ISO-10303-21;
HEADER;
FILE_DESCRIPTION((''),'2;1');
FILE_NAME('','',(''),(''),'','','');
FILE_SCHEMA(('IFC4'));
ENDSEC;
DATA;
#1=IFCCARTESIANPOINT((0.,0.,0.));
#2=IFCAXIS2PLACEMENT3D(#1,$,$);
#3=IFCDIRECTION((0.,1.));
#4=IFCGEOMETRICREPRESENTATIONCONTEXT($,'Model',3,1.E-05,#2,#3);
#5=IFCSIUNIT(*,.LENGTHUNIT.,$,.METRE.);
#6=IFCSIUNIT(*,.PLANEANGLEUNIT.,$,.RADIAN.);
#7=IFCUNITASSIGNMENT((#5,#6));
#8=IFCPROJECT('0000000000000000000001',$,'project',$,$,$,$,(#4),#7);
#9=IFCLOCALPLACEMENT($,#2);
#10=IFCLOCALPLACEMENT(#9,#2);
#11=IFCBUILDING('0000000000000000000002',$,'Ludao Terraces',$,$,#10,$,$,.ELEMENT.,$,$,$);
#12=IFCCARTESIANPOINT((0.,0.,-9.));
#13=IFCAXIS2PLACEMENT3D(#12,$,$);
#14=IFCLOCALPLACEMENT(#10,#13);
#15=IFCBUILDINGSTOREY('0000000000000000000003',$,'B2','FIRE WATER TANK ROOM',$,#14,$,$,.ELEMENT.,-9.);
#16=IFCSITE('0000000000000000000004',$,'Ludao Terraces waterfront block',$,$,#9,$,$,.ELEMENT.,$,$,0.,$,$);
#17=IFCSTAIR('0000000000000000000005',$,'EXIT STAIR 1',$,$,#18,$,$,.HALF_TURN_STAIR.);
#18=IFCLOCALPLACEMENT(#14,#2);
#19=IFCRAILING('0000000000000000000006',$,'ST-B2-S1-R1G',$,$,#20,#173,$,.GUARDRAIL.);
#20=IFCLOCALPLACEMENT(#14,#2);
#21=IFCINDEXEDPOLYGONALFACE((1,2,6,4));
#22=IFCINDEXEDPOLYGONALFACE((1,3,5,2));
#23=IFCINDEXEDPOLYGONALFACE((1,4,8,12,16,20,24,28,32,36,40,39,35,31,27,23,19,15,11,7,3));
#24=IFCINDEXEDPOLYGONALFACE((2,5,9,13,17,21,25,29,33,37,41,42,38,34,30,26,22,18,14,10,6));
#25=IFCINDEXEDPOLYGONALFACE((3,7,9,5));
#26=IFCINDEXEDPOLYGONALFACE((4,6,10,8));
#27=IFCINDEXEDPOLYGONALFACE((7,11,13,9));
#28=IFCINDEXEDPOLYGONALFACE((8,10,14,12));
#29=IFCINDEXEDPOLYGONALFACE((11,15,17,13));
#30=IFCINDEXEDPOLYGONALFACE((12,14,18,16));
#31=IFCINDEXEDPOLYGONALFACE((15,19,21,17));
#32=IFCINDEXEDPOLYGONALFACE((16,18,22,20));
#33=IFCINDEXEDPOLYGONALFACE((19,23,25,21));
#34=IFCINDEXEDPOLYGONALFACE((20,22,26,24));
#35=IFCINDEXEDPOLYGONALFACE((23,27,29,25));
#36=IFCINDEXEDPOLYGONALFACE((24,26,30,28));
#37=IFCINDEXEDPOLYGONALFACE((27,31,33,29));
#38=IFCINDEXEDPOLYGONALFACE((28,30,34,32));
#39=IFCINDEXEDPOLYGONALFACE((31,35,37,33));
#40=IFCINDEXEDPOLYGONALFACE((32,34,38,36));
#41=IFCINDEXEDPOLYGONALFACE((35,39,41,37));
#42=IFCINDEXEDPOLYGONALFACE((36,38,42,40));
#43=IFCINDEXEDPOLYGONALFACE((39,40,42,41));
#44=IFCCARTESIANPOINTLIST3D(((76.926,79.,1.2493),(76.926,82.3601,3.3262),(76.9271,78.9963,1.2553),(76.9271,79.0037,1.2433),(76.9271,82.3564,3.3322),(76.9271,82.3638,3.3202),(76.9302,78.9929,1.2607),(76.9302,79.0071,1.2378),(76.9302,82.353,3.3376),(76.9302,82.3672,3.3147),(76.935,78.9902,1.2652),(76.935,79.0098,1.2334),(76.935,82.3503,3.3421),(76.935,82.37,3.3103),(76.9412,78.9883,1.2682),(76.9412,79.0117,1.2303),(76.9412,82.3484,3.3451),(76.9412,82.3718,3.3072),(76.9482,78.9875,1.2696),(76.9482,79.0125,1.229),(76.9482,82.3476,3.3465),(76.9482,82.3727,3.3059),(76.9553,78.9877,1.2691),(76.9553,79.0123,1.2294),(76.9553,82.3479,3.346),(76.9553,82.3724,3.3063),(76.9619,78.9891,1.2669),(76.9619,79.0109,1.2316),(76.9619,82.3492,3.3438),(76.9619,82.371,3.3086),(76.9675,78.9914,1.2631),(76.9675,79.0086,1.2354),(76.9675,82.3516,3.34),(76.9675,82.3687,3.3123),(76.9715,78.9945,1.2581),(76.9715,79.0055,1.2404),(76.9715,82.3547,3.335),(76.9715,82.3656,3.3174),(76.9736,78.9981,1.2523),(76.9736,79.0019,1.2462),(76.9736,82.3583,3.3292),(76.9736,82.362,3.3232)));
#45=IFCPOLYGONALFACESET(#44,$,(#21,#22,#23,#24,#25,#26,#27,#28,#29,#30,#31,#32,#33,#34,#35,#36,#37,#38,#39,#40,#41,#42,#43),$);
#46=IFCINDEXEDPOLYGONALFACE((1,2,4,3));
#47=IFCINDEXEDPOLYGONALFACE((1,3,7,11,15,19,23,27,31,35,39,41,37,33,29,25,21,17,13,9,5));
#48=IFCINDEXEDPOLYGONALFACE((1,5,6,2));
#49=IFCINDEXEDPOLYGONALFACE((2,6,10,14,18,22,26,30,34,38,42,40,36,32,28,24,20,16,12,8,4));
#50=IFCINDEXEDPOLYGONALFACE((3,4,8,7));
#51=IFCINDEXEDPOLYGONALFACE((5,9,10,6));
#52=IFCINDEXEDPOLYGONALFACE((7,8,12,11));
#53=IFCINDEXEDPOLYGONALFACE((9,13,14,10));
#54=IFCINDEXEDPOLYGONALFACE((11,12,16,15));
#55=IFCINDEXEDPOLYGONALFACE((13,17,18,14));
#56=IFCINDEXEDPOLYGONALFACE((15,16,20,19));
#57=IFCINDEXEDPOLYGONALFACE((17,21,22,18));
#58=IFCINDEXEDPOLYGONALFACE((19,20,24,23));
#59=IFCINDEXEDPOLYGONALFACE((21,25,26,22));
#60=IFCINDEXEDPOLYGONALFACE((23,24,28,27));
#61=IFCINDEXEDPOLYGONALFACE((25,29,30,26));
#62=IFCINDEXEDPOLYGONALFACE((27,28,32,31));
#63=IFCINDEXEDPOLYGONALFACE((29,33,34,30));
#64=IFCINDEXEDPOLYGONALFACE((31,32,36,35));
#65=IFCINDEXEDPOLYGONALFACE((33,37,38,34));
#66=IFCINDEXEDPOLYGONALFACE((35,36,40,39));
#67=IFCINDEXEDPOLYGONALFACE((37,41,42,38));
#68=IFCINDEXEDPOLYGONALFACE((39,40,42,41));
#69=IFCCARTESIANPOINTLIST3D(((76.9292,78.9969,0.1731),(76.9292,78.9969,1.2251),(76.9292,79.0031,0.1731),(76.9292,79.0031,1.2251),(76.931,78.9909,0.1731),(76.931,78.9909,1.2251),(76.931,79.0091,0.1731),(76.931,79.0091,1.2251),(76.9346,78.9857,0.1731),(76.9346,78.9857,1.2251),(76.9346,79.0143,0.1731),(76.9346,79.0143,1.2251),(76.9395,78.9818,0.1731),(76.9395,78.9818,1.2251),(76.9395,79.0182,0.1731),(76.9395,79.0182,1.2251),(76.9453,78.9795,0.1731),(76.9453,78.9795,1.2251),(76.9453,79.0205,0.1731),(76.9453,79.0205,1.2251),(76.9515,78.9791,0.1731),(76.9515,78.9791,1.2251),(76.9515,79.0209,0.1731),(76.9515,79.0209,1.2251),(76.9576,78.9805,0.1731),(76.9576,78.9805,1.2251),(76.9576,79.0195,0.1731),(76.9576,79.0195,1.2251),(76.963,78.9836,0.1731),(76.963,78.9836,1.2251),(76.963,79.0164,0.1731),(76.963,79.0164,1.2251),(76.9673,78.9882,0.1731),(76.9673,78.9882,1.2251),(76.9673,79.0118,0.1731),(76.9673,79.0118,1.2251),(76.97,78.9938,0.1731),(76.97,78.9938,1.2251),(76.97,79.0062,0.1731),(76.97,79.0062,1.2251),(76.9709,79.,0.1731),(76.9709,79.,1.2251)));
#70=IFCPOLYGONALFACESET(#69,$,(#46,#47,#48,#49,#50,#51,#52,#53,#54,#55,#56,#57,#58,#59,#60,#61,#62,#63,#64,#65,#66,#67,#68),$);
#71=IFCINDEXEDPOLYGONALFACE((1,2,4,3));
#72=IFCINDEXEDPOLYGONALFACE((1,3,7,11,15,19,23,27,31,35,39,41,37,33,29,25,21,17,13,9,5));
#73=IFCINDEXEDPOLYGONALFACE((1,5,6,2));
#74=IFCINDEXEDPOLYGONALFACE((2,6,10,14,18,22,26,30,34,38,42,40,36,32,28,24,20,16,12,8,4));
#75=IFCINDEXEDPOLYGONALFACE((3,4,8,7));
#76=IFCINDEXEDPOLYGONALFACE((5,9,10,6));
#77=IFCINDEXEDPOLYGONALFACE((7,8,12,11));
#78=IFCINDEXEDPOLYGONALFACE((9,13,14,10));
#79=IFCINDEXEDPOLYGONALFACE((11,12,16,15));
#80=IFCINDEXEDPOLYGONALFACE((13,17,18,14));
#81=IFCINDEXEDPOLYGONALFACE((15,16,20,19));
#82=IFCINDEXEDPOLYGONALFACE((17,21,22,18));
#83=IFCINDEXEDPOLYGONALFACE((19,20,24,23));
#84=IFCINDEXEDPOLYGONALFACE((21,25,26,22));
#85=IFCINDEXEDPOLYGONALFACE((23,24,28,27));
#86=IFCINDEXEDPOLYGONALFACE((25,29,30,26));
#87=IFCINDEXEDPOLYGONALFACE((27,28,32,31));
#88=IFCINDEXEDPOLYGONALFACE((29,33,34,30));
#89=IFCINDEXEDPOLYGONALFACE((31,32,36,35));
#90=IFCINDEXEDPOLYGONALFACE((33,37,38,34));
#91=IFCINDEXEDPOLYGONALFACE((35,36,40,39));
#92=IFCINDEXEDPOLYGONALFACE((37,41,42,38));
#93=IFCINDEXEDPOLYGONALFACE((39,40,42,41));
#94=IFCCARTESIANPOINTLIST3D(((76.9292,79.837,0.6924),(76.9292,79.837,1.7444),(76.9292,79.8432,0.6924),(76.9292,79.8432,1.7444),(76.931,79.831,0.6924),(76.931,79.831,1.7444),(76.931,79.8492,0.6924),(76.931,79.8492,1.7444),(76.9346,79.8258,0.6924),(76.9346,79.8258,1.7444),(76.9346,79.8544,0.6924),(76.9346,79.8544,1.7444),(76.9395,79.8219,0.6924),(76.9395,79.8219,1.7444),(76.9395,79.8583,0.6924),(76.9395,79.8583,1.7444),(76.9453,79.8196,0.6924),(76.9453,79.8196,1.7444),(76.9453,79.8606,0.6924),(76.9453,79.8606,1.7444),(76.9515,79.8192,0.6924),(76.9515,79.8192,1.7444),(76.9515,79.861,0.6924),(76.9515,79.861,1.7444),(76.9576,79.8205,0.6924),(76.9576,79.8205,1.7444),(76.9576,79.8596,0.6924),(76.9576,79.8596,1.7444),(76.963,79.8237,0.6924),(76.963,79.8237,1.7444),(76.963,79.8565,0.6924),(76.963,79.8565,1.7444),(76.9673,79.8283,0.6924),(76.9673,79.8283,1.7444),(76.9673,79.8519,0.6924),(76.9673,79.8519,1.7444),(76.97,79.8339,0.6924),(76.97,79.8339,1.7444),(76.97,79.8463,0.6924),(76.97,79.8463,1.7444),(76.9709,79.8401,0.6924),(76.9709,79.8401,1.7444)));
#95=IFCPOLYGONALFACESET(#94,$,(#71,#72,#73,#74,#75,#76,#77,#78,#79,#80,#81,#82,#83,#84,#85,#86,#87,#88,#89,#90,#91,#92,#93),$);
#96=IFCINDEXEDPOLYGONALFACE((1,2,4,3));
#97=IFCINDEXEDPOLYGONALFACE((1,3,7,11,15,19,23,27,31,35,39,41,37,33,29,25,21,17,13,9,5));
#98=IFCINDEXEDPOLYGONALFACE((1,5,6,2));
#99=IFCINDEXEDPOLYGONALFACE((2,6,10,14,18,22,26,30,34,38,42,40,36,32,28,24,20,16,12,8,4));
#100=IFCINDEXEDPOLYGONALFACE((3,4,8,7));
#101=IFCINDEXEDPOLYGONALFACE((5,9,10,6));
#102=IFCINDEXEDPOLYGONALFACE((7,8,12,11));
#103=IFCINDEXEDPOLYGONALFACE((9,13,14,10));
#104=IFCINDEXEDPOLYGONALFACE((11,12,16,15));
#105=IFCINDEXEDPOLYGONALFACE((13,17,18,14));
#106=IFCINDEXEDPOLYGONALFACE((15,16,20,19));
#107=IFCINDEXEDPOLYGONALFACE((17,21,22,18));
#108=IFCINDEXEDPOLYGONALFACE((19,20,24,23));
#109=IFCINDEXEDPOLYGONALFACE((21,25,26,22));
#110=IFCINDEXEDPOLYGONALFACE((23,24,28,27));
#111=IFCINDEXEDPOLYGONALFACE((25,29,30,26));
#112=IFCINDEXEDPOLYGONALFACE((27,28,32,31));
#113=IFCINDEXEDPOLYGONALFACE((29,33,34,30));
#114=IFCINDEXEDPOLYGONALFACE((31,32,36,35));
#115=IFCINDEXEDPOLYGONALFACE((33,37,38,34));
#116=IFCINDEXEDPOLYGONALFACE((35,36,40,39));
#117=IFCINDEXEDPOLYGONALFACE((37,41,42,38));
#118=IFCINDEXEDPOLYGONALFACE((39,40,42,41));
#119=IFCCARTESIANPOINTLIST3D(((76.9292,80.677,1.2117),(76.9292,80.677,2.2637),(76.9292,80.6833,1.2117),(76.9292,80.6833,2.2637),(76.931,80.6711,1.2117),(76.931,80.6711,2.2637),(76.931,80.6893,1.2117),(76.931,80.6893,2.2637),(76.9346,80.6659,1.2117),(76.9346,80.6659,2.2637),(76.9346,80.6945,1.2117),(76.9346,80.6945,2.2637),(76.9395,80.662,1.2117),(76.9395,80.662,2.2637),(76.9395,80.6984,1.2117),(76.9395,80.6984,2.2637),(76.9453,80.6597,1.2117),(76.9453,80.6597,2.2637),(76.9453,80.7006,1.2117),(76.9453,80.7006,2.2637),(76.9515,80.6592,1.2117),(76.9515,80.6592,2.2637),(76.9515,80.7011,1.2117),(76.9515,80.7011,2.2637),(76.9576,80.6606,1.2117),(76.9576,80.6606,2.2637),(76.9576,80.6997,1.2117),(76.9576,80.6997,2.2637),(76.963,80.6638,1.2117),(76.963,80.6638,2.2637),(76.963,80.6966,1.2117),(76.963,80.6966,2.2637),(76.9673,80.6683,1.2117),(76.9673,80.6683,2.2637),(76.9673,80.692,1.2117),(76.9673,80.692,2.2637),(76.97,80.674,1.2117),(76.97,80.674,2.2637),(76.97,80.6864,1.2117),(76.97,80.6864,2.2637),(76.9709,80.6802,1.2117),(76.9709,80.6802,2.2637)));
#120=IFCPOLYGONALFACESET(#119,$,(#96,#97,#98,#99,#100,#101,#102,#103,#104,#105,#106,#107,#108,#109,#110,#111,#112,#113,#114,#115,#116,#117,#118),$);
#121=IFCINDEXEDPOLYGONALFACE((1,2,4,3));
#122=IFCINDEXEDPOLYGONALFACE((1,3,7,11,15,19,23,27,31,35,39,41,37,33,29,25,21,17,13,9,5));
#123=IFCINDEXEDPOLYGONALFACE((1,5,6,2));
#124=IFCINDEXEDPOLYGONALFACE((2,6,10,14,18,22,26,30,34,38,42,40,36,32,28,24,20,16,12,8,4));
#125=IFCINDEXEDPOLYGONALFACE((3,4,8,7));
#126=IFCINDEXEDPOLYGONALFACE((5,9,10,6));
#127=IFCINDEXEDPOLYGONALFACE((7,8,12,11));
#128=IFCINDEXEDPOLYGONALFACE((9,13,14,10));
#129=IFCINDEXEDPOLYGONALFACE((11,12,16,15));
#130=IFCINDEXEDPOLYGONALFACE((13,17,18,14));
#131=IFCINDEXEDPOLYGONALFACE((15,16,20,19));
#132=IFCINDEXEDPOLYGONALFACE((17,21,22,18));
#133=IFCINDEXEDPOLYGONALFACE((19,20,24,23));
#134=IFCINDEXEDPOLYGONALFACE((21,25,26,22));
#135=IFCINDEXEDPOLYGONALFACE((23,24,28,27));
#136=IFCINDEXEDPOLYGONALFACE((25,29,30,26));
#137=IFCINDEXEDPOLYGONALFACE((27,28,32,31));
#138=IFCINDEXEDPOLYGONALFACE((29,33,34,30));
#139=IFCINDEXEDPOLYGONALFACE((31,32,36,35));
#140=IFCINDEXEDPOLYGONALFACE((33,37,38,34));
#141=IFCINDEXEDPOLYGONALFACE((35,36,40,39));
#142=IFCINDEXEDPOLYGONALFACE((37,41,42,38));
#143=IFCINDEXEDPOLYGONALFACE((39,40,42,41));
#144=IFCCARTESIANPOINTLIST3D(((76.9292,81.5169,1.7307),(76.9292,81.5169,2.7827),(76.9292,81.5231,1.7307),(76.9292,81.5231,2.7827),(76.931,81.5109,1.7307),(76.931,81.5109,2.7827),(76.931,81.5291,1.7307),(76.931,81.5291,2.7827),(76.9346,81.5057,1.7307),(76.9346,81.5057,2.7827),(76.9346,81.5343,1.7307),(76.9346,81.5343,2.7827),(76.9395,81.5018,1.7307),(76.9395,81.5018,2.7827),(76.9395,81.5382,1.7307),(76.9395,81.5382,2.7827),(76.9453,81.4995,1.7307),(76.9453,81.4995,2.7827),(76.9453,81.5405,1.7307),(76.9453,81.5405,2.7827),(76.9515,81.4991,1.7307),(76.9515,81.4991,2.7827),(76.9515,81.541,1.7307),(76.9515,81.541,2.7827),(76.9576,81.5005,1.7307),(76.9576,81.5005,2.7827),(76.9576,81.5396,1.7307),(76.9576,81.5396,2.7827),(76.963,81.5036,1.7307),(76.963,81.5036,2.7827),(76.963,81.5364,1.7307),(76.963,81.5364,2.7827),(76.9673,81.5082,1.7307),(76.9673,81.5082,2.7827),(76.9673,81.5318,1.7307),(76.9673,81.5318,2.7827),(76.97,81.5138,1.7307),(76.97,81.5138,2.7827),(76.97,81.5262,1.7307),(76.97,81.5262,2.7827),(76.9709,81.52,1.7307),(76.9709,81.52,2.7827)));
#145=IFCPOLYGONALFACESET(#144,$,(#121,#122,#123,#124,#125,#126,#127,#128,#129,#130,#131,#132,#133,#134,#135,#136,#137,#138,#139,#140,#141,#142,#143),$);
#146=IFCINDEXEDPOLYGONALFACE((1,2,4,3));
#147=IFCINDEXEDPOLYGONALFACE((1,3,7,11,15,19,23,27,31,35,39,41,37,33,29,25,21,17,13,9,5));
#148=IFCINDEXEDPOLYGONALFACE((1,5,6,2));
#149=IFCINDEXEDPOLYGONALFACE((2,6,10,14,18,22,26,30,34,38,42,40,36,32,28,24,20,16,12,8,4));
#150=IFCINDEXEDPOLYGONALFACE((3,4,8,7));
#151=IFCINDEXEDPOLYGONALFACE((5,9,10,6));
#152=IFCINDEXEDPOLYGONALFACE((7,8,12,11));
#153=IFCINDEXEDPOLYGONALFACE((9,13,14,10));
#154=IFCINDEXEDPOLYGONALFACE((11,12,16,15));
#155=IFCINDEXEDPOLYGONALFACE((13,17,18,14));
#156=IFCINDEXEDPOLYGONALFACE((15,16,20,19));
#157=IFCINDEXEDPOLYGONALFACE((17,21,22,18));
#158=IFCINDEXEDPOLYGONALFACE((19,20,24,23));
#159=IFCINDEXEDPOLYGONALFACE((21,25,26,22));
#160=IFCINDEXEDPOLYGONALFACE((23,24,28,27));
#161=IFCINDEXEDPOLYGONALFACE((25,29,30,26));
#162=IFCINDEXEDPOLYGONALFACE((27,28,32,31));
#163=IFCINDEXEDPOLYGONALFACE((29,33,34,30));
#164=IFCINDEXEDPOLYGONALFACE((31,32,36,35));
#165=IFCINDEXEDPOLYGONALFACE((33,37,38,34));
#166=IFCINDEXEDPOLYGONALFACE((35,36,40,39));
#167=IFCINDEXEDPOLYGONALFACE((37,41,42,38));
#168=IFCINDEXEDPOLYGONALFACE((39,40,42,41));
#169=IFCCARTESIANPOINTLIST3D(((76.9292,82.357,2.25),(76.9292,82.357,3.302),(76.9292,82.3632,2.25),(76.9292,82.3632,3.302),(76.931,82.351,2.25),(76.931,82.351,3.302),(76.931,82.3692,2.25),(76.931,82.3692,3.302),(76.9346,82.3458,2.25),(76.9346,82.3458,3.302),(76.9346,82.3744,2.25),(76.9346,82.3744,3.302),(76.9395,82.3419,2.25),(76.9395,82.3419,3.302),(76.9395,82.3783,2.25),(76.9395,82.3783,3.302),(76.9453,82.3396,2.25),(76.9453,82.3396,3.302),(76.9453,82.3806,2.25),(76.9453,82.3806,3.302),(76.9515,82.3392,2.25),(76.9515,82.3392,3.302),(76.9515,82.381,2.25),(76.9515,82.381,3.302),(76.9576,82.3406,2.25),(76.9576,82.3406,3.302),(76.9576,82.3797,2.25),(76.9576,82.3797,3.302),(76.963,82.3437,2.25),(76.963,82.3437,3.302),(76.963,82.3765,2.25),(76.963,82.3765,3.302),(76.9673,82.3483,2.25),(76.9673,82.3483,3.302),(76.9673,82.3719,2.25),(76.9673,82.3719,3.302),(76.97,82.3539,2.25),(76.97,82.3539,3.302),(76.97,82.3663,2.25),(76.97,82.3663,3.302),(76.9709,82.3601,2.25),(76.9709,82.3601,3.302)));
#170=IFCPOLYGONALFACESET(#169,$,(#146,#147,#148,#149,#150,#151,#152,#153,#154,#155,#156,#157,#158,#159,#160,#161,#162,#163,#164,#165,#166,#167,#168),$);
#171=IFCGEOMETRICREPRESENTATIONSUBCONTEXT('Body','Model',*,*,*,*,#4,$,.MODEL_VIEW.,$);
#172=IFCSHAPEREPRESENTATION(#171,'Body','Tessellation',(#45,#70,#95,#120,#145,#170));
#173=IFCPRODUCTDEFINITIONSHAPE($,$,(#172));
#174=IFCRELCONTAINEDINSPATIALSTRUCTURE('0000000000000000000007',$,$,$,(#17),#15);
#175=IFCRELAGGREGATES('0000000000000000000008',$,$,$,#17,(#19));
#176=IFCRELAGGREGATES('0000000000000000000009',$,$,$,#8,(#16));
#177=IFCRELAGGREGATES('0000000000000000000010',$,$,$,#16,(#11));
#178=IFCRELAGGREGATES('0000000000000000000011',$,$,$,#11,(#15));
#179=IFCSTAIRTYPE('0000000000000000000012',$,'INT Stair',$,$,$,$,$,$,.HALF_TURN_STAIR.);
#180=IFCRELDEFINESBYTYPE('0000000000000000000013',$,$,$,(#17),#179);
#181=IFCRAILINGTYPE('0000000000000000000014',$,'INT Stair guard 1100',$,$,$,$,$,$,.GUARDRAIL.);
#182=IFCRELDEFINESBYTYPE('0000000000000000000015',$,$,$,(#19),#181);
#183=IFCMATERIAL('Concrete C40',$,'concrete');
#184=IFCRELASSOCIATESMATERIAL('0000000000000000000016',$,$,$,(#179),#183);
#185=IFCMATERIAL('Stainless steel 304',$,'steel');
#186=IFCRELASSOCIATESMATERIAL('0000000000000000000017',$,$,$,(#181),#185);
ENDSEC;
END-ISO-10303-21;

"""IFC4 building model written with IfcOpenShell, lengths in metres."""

from ifc_helpers import new_model, si_unit, direction, frame, origin, origin_2d, place, context, subcontext, project, spatial, circle, extrude, material, type_object, element, aggregate, save


model = new_model("IFC4")

# Units and contexts
model_context = context("Model", 3, precision=1e-05, world=origin(), true_north=direction((0.0, 1.0)))
body_context = subcontext(model_context, "Body", "Model", "MODEL_VIEW")
ifc_project = project(units=[si_unit("LENGTHUNIT", "METRE"), si_unit("PLANEANGLEUNIT", "RADIAN")], contexts=[model_context])

# Site, building, storey
site_placement = place(None, origin())
site = spatial("IfcSite", under=ifc_project, at=site_placement, Name="Ludao Terraces waterfront block", CompositionType="ELEMENT", RefElevation=0.0)
building_placement = place(site_placement, origin())
building = spatial("IfcBuilding", under=site, at=building_placement, Name="Ludao Terraces", CompositionType="ELEMENT")
storey_placement = place(building_placement, frame((0.0, 0.0, -9.0)))
storey = spatial("IfcBuildingStorey", under=building, at=storey_placement, Name="B2", Description="FIRE WATER TANK ROOM", CompositionType="ELEMENT", Elevation=-9.0)

# Shared definitions
ifc_material_1 = material(Name="Concrete C40", Category="concrete")

# Shared definitions
ifc_material_2 = material(Name="Stainless steel 304", Category="steel")

# Stair, railing
stair_type = type_object("IfcStairType", Name="INT Stair", PredefinedType="HALF_TURN_STAIR", material=ifc_material_1)
stair_placement = place(storey_placement, origin())
stair = element("IfcStair", 1, at=stair_placement, inside=storey, type_object=stair_type, Name="EXIT STAIR 1", PredefinedType="HALF_TURN_STAIR")
railing_type_1 = type_object("IfcRailingType", Name="INT Stair guard 1100", PredefinedType="GUARDRAIL", material=ifc_material_2)
railing_1_placement = place(storey_placement, frame((76.95, 79.0, 0.1731)))
railing_1 = element("IfcRailing", 2, at=railing_1_placement, type_object=railing_type_1, Name="ST-B2-S1-R1G", PredefinedType="GUARDRAIL", context=body_context, shape_type="SweptSolid", body=[
    extrude(circle(Radius=0.0239, at=origin_2d()), frame((0.0, 0.0, 1.0762), z_axis=(0.0, 0.850623, 0.525776), x_axis=(-1.0, 0.0, 0.0)), (0.0, 0.0, 1.0), 3.9502),
    extrude(circle(Radius=0.021, at=origin_2d()), origin(), (0.0, 0.0, 1.0), 1.052),
    extrude(circle(Radius=0.021, at=origin_2d()), frame((0.0, 0.8401, 0.5193)), (0.0, 0.0, 1.0), 1.052),
    extrude(circle(Radius=0.021, at=origin_2d()), frame((0.0, 1.6802, 1.0386)), (0.0, 0.0, 1.0), 1.052),
    extrude(circle(Radius=0.021, at=origin_2d()), frame((0.0, 2.52, 1.5576)), (0.0, 0.0, 1.0), 1.052),
    extrude(circle(Radius=0.021, at=origin_2d()), frame((0.0, 3.3601, 2.0769)), (0.0, 0.0, 1.0), 1.052),
])
aggregate(stair, [railing_1])

save(model, "model.ifc")
